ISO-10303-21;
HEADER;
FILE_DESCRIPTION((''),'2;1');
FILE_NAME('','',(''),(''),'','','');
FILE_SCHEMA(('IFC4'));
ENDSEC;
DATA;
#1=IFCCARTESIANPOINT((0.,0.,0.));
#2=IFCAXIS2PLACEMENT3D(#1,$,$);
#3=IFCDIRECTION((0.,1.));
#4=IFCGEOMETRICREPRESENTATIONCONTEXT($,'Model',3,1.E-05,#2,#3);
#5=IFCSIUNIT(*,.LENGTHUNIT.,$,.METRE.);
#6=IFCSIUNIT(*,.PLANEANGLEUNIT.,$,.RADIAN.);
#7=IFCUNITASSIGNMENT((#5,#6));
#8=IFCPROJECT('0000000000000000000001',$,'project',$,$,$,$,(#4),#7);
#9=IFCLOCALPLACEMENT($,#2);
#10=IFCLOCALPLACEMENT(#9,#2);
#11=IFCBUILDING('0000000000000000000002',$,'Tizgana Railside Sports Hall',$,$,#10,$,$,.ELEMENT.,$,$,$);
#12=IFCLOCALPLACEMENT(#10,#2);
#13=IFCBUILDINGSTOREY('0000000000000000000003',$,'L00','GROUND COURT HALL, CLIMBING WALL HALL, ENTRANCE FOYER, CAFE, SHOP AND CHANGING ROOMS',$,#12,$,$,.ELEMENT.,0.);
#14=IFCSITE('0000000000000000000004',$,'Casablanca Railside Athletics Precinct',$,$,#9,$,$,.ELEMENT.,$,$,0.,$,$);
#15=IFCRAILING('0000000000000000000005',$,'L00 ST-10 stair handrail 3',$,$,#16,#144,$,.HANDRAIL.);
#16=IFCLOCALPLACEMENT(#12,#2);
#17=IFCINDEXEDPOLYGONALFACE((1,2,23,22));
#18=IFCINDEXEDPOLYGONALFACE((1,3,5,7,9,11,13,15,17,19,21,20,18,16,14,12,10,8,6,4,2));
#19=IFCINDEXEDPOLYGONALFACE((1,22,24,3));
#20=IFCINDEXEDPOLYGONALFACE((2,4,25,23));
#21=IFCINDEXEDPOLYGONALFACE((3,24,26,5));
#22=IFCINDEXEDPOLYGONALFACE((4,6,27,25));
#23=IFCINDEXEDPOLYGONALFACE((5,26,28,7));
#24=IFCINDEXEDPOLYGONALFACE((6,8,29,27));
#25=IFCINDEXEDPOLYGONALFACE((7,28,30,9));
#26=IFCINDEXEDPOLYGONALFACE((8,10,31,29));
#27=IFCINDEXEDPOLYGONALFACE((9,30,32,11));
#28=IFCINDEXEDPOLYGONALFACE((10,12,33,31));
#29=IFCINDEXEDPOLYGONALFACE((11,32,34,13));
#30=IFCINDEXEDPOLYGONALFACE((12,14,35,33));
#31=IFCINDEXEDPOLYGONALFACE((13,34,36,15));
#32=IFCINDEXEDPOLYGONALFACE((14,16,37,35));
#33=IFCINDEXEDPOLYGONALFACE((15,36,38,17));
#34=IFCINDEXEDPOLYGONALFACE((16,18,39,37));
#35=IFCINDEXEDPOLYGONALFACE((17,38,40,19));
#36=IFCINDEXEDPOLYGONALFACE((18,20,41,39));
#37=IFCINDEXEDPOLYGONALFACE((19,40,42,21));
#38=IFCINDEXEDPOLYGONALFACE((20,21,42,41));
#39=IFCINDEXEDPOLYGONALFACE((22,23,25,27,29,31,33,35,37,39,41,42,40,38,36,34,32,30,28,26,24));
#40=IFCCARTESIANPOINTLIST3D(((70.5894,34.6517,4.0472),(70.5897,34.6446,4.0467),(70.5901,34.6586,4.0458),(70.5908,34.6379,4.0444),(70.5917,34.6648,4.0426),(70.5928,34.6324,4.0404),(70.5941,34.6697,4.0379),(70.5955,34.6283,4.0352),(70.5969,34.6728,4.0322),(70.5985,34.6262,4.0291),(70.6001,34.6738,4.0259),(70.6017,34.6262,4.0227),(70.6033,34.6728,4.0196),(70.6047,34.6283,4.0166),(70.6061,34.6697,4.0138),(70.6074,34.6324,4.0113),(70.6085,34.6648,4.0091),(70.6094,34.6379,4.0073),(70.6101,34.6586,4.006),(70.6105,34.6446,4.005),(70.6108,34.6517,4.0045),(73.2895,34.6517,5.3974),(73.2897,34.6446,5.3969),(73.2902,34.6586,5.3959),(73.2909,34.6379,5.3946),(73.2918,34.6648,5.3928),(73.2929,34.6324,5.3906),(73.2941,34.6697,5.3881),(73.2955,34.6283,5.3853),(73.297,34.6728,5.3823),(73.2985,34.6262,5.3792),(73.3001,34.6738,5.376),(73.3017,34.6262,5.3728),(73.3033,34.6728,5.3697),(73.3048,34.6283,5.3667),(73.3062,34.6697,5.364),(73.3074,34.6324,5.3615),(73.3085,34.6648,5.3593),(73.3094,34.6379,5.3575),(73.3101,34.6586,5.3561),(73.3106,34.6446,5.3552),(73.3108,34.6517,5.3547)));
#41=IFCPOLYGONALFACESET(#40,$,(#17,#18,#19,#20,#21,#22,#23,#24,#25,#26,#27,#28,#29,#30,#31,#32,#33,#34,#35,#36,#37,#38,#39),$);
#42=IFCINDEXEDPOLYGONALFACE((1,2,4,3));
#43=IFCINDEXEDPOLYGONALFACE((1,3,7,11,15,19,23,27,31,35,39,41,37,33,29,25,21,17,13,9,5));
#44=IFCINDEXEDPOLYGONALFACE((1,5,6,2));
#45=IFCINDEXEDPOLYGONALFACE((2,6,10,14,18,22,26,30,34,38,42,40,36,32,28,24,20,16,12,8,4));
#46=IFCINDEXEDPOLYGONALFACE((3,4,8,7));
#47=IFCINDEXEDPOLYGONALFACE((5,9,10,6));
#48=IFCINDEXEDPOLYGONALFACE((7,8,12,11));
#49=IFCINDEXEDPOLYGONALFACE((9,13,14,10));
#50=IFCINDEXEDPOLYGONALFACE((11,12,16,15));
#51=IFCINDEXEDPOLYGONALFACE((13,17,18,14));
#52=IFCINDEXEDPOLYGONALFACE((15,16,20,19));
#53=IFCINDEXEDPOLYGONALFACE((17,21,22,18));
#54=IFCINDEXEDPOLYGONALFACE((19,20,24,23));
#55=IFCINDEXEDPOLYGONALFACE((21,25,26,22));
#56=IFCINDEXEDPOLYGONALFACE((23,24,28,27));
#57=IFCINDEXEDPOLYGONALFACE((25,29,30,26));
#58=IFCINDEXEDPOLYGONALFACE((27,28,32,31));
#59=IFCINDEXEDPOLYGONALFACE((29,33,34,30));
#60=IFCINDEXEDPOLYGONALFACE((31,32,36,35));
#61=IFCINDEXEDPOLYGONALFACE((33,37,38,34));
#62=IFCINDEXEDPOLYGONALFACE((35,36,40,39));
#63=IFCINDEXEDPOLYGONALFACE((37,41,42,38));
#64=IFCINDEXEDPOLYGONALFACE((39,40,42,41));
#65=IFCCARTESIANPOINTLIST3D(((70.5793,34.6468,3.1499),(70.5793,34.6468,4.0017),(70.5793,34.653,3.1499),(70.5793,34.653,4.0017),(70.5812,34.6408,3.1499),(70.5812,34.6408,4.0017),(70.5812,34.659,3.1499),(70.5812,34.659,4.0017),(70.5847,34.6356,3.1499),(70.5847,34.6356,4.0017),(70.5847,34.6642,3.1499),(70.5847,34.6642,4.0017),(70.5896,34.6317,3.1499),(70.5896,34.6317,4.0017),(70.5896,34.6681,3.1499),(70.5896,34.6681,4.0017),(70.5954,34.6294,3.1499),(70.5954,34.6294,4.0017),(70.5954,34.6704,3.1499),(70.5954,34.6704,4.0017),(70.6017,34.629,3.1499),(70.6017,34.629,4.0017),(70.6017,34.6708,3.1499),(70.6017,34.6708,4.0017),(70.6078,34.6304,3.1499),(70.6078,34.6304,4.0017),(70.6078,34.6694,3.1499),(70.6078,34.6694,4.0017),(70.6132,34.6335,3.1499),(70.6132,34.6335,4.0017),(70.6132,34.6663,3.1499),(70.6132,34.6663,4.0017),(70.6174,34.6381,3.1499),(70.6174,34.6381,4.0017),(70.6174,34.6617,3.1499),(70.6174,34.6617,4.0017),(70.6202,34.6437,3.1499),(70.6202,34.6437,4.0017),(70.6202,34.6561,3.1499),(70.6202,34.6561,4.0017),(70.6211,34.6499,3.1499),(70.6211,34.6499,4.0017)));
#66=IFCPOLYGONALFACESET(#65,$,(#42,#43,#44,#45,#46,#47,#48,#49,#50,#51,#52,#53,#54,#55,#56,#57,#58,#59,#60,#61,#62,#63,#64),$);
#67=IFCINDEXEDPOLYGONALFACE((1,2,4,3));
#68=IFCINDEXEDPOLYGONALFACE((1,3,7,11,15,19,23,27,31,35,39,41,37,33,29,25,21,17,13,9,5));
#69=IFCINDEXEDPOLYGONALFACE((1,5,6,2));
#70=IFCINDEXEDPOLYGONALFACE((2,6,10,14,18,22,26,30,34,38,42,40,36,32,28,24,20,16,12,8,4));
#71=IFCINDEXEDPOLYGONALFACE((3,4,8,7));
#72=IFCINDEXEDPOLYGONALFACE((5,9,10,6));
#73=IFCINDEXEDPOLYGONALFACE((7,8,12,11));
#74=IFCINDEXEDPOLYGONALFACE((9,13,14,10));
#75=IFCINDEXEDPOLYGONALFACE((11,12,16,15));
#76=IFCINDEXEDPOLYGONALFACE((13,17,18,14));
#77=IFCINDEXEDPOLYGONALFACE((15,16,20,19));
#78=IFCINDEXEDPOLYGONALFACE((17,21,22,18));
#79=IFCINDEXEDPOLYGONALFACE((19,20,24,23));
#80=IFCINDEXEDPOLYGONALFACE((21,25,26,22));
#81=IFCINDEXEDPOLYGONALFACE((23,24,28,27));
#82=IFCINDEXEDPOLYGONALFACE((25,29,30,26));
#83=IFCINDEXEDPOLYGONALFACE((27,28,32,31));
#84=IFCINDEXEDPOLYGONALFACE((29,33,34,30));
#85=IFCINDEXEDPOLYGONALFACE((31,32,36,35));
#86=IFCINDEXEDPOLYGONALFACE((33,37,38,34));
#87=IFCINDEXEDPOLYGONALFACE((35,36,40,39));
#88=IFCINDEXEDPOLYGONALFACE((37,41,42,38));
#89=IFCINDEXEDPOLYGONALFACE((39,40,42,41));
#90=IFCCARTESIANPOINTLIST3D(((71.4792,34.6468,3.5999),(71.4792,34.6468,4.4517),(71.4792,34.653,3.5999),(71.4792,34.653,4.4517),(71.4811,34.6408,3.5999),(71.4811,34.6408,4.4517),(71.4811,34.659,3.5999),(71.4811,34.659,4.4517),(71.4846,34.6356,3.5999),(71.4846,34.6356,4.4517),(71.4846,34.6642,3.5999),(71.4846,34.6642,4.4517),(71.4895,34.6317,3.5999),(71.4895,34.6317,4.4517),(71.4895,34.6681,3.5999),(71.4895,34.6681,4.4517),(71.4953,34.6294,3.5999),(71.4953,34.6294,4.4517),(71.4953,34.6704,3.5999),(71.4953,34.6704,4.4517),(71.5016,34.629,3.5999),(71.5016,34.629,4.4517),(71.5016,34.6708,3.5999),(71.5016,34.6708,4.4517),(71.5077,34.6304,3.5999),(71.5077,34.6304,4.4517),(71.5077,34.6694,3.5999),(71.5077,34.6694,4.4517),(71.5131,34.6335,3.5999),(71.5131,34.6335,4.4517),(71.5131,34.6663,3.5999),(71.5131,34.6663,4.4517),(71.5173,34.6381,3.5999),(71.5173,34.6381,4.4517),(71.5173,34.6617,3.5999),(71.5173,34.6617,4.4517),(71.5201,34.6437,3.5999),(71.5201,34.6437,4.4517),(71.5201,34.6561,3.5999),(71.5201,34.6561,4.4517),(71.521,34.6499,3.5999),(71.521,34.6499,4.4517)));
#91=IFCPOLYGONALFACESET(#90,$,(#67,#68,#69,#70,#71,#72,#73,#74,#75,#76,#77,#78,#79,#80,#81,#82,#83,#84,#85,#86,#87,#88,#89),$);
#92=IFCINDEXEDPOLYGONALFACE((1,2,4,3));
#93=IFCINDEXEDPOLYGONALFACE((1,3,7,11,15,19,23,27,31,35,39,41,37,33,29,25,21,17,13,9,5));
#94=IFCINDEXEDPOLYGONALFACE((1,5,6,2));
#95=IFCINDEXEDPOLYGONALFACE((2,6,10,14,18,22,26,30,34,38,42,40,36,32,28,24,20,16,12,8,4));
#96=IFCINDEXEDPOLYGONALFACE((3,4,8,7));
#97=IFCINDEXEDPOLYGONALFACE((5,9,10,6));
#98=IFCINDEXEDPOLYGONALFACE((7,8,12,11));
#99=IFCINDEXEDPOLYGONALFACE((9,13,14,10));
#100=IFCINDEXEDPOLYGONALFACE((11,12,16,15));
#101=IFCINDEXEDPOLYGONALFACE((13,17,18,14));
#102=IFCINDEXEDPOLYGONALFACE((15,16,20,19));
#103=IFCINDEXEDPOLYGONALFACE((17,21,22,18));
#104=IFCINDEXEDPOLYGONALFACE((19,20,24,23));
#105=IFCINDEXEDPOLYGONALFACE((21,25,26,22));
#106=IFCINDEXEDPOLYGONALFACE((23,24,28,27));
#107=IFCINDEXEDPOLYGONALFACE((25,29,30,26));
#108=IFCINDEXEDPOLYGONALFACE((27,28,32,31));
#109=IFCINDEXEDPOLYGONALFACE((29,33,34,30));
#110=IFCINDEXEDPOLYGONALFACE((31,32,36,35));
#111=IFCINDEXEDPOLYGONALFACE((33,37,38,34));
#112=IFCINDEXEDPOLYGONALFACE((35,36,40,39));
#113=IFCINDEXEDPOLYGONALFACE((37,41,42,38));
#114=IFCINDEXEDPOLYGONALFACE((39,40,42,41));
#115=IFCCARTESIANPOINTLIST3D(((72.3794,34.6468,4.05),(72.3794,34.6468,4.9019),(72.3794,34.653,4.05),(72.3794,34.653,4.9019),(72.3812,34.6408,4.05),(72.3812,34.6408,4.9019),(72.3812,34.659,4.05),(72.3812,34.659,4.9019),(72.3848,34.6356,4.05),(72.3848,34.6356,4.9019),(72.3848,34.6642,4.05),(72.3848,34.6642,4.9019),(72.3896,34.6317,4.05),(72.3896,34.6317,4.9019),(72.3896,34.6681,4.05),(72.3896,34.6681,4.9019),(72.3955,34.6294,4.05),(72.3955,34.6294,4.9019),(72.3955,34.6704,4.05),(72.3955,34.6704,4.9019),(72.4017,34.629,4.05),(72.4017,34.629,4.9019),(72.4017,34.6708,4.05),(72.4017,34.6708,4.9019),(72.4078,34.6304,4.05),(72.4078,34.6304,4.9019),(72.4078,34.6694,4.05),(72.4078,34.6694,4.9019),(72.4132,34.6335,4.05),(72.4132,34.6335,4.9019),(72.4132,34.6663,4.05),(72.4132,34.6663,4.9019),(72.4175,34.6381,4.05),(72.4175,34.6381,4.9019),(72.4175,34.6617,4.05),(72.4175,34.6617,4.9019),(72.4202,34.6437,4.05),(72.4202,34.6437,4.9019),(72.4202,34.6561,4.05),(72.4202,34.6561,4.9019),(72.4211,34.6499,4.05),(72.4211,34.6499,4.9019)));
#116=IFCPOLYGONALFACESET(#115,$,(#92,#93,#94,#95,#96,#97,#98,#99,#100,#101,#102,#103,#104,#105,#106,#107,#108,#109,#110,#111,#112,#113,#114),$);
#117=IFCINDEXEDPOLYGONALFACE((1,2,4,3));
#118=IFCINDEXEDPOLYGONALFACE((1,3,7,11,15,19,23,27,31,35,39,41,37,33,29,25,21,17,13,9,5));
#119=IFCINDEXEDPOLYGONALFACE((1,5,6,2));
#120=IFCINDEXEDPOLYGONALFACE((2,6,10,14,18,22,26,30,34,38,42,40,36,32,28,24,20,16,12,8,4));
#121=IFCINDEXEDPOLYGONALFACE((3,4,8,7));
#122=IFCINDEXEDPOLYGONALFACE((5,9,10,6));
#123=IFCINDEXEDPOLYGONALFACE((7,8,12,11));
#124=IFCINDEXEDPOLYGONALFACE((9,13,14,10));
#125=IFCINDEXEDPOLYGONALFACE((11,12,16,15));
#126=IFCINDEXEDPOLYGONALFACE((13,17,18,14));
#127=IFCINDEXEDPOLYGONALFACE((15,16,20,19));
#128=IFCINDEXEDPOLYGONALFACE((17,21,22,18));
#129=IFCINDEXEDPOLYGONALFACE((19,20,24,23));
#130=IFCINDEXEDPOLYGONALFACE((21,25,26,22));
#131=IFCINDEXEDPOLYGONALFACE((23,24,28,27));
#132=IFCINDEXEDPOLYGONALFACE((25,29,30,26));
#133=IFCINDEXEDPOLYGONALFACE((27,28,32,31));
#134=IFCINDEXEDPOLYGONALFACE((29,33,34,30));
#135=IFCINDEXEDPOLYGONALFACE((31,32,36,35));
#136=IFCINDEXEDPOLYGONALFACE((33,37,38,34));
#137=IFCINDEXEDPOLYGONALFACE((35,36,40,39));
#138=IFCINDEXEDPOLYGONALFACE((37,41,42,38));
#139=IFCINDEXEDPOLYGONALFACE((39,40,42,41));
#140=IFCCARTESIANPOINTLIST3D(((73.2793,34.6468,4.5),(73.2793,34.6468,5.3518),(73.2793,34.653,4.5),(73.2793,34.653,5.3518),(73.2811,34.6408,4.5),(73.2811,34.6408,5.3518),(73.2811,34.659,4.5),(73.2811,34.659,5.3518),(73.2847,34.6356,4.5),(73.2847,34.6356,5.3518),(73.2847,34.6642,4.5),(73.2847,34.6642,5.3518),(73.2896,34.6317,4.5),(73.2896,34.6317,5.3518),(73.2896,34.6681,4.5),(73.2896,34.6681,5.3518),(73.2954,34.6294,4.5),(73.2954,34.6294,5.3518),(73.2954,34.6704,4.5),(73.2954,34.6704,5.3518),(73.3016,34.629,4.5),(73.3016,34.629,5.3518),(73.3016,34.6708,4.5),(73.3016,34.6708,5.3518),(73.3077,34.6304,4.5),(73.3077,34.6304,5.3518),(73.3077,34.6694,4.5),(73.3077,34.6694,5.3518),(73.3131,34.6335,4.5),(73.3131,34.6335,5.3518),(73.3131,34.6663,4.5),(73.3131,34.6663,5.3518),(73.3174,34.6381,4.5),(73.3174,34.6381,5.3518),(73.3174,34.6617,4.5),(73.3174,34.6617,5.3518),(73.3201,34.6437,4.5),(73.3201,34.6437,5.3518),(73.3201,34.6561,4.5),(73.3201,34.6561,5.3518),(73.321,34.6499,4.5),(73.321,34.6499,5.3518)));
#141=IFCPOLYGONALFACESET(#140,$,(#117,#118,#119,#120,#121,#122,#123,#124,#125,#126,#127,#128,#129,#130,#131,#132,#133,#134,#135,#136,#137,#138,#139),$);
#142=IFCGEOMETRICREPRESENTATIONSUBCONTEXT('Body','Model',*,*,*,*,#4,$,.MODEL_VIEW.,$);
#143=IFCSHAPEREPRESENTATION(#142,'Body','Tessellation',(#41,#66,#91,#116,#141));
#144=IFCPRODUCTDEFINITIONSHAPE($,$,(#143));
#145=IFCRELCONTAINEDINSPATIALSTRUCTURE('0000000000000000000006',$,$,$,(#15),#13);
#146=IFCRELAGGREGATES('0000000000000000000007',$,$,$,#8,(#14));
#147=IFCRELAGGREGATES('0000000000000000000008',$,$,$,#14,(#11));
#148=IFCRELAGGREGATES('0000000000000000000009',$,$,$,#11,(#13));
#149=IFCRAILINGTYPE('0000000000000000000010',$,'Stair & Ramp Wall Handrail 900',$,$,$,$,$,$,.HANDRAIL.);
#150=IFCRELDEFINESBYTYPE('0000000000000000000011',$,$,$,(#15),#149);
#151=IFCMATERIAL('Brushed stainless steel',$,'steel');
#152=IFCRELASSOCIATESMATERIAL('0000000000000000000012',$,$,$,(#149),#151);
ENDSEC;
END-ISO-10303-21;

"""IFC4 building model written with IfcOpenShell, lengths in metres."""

from ifc_helpers import new_model, si_unit, direction, frame, origin, origin_2d, place, context, subcontext, project, spatial, circle, extrude, material, type_object, element, save


model = new_model("IFC4")

# Units and contexts
model_context = context("Model", 3, precision=1e-05, world=origin(), true_north=direction((0.0, 1.0)))
body_context = subcontext(model_context, "Body", "Model", "MODEL_VIEW")
ifc_project = project(units=[si_unit("LENGTHUNIT", "METRE"), si_unit("PLANEANGLEUNIT", "RADIAN")], contexts=[model_context])

# Site, building, storey
site_placement = place(None, origin())
site = spatial("IfcSite", under=ifc_project, at=site_placement, Name="Casablanca Railside Athletics Precinct", CompositionType="ELEMENT", RefElevation=0.0)
building_placement = place(site_placement, origin())
building = spatial("IfcBuilding", under=site, at=building_placement, Name="Tizgana Railside Sports Hall", CompositionType="ELEMENT")
storey_placement = place(building_placement, origin())
storey = spatial("IfcBuildingStorey", under=building, at=storey_placement, Name="L00", Description="GROUND COURT HALL, CLIMBING WALL HALL, ENTRANCE FOYER, CAFE, SHOP AND CHANGING ROOMS", CompositionType="ELEMENT", Elevation=0.0)

# Railing
ifc_material_1 = material(Name="Brushed stainless steel", Category="steel")
railing_type_1 = type_object("IfcRailingType", Name="Stair & Ramp Wall Handrail 900", PredefinedType="HANDRAIL", material=ifc_material_1)
railing_1_placement = place(storey_placement, frame((70.6001, 34.6499, 3.1499)))
element("IfcRailing", 1, at=railing_1_placement, inside=storey, type_object=railing_type_1, Name="L00 ST-10 stair handrail 3", PredefinedType="HANDRAIL", context=body_context, shape_type="SweptSolid", body=[
    extrude(circle(Radius=0.0239, at=origin_2d()), frame((0.0, 0.0, 0.876), z_axis=(0.894411, 0.0, 0.447246), x_axis=(0.0, 1.0, 0.0)), (0.0, 0.0, 1.0), 3.0188),
    extrude(circle(Radius=0.021, at=origin_2d()), origin(), (0.0, 0.0, 1.0), 0.8518),
    extrude(circle(Radius=0.021, at=origin_2d()), frame((0.8999, 0.0, 0.45)), (0.0, 0.0, 1.0), 0.8518),
    extrude(circle(Radius=0.021, at=origin_2d()), frame((1.8, 0.0, 0.9001)), (0.0, 0.0, 1.0), 0.8518),
    extrude(circle(Radius=0.021, at=origin_2d()), frame((2.7, 0.0, 1.3501)), (0.0, 0.0, 1.0), 0.8518),
])

save(model, "model.ifc")
